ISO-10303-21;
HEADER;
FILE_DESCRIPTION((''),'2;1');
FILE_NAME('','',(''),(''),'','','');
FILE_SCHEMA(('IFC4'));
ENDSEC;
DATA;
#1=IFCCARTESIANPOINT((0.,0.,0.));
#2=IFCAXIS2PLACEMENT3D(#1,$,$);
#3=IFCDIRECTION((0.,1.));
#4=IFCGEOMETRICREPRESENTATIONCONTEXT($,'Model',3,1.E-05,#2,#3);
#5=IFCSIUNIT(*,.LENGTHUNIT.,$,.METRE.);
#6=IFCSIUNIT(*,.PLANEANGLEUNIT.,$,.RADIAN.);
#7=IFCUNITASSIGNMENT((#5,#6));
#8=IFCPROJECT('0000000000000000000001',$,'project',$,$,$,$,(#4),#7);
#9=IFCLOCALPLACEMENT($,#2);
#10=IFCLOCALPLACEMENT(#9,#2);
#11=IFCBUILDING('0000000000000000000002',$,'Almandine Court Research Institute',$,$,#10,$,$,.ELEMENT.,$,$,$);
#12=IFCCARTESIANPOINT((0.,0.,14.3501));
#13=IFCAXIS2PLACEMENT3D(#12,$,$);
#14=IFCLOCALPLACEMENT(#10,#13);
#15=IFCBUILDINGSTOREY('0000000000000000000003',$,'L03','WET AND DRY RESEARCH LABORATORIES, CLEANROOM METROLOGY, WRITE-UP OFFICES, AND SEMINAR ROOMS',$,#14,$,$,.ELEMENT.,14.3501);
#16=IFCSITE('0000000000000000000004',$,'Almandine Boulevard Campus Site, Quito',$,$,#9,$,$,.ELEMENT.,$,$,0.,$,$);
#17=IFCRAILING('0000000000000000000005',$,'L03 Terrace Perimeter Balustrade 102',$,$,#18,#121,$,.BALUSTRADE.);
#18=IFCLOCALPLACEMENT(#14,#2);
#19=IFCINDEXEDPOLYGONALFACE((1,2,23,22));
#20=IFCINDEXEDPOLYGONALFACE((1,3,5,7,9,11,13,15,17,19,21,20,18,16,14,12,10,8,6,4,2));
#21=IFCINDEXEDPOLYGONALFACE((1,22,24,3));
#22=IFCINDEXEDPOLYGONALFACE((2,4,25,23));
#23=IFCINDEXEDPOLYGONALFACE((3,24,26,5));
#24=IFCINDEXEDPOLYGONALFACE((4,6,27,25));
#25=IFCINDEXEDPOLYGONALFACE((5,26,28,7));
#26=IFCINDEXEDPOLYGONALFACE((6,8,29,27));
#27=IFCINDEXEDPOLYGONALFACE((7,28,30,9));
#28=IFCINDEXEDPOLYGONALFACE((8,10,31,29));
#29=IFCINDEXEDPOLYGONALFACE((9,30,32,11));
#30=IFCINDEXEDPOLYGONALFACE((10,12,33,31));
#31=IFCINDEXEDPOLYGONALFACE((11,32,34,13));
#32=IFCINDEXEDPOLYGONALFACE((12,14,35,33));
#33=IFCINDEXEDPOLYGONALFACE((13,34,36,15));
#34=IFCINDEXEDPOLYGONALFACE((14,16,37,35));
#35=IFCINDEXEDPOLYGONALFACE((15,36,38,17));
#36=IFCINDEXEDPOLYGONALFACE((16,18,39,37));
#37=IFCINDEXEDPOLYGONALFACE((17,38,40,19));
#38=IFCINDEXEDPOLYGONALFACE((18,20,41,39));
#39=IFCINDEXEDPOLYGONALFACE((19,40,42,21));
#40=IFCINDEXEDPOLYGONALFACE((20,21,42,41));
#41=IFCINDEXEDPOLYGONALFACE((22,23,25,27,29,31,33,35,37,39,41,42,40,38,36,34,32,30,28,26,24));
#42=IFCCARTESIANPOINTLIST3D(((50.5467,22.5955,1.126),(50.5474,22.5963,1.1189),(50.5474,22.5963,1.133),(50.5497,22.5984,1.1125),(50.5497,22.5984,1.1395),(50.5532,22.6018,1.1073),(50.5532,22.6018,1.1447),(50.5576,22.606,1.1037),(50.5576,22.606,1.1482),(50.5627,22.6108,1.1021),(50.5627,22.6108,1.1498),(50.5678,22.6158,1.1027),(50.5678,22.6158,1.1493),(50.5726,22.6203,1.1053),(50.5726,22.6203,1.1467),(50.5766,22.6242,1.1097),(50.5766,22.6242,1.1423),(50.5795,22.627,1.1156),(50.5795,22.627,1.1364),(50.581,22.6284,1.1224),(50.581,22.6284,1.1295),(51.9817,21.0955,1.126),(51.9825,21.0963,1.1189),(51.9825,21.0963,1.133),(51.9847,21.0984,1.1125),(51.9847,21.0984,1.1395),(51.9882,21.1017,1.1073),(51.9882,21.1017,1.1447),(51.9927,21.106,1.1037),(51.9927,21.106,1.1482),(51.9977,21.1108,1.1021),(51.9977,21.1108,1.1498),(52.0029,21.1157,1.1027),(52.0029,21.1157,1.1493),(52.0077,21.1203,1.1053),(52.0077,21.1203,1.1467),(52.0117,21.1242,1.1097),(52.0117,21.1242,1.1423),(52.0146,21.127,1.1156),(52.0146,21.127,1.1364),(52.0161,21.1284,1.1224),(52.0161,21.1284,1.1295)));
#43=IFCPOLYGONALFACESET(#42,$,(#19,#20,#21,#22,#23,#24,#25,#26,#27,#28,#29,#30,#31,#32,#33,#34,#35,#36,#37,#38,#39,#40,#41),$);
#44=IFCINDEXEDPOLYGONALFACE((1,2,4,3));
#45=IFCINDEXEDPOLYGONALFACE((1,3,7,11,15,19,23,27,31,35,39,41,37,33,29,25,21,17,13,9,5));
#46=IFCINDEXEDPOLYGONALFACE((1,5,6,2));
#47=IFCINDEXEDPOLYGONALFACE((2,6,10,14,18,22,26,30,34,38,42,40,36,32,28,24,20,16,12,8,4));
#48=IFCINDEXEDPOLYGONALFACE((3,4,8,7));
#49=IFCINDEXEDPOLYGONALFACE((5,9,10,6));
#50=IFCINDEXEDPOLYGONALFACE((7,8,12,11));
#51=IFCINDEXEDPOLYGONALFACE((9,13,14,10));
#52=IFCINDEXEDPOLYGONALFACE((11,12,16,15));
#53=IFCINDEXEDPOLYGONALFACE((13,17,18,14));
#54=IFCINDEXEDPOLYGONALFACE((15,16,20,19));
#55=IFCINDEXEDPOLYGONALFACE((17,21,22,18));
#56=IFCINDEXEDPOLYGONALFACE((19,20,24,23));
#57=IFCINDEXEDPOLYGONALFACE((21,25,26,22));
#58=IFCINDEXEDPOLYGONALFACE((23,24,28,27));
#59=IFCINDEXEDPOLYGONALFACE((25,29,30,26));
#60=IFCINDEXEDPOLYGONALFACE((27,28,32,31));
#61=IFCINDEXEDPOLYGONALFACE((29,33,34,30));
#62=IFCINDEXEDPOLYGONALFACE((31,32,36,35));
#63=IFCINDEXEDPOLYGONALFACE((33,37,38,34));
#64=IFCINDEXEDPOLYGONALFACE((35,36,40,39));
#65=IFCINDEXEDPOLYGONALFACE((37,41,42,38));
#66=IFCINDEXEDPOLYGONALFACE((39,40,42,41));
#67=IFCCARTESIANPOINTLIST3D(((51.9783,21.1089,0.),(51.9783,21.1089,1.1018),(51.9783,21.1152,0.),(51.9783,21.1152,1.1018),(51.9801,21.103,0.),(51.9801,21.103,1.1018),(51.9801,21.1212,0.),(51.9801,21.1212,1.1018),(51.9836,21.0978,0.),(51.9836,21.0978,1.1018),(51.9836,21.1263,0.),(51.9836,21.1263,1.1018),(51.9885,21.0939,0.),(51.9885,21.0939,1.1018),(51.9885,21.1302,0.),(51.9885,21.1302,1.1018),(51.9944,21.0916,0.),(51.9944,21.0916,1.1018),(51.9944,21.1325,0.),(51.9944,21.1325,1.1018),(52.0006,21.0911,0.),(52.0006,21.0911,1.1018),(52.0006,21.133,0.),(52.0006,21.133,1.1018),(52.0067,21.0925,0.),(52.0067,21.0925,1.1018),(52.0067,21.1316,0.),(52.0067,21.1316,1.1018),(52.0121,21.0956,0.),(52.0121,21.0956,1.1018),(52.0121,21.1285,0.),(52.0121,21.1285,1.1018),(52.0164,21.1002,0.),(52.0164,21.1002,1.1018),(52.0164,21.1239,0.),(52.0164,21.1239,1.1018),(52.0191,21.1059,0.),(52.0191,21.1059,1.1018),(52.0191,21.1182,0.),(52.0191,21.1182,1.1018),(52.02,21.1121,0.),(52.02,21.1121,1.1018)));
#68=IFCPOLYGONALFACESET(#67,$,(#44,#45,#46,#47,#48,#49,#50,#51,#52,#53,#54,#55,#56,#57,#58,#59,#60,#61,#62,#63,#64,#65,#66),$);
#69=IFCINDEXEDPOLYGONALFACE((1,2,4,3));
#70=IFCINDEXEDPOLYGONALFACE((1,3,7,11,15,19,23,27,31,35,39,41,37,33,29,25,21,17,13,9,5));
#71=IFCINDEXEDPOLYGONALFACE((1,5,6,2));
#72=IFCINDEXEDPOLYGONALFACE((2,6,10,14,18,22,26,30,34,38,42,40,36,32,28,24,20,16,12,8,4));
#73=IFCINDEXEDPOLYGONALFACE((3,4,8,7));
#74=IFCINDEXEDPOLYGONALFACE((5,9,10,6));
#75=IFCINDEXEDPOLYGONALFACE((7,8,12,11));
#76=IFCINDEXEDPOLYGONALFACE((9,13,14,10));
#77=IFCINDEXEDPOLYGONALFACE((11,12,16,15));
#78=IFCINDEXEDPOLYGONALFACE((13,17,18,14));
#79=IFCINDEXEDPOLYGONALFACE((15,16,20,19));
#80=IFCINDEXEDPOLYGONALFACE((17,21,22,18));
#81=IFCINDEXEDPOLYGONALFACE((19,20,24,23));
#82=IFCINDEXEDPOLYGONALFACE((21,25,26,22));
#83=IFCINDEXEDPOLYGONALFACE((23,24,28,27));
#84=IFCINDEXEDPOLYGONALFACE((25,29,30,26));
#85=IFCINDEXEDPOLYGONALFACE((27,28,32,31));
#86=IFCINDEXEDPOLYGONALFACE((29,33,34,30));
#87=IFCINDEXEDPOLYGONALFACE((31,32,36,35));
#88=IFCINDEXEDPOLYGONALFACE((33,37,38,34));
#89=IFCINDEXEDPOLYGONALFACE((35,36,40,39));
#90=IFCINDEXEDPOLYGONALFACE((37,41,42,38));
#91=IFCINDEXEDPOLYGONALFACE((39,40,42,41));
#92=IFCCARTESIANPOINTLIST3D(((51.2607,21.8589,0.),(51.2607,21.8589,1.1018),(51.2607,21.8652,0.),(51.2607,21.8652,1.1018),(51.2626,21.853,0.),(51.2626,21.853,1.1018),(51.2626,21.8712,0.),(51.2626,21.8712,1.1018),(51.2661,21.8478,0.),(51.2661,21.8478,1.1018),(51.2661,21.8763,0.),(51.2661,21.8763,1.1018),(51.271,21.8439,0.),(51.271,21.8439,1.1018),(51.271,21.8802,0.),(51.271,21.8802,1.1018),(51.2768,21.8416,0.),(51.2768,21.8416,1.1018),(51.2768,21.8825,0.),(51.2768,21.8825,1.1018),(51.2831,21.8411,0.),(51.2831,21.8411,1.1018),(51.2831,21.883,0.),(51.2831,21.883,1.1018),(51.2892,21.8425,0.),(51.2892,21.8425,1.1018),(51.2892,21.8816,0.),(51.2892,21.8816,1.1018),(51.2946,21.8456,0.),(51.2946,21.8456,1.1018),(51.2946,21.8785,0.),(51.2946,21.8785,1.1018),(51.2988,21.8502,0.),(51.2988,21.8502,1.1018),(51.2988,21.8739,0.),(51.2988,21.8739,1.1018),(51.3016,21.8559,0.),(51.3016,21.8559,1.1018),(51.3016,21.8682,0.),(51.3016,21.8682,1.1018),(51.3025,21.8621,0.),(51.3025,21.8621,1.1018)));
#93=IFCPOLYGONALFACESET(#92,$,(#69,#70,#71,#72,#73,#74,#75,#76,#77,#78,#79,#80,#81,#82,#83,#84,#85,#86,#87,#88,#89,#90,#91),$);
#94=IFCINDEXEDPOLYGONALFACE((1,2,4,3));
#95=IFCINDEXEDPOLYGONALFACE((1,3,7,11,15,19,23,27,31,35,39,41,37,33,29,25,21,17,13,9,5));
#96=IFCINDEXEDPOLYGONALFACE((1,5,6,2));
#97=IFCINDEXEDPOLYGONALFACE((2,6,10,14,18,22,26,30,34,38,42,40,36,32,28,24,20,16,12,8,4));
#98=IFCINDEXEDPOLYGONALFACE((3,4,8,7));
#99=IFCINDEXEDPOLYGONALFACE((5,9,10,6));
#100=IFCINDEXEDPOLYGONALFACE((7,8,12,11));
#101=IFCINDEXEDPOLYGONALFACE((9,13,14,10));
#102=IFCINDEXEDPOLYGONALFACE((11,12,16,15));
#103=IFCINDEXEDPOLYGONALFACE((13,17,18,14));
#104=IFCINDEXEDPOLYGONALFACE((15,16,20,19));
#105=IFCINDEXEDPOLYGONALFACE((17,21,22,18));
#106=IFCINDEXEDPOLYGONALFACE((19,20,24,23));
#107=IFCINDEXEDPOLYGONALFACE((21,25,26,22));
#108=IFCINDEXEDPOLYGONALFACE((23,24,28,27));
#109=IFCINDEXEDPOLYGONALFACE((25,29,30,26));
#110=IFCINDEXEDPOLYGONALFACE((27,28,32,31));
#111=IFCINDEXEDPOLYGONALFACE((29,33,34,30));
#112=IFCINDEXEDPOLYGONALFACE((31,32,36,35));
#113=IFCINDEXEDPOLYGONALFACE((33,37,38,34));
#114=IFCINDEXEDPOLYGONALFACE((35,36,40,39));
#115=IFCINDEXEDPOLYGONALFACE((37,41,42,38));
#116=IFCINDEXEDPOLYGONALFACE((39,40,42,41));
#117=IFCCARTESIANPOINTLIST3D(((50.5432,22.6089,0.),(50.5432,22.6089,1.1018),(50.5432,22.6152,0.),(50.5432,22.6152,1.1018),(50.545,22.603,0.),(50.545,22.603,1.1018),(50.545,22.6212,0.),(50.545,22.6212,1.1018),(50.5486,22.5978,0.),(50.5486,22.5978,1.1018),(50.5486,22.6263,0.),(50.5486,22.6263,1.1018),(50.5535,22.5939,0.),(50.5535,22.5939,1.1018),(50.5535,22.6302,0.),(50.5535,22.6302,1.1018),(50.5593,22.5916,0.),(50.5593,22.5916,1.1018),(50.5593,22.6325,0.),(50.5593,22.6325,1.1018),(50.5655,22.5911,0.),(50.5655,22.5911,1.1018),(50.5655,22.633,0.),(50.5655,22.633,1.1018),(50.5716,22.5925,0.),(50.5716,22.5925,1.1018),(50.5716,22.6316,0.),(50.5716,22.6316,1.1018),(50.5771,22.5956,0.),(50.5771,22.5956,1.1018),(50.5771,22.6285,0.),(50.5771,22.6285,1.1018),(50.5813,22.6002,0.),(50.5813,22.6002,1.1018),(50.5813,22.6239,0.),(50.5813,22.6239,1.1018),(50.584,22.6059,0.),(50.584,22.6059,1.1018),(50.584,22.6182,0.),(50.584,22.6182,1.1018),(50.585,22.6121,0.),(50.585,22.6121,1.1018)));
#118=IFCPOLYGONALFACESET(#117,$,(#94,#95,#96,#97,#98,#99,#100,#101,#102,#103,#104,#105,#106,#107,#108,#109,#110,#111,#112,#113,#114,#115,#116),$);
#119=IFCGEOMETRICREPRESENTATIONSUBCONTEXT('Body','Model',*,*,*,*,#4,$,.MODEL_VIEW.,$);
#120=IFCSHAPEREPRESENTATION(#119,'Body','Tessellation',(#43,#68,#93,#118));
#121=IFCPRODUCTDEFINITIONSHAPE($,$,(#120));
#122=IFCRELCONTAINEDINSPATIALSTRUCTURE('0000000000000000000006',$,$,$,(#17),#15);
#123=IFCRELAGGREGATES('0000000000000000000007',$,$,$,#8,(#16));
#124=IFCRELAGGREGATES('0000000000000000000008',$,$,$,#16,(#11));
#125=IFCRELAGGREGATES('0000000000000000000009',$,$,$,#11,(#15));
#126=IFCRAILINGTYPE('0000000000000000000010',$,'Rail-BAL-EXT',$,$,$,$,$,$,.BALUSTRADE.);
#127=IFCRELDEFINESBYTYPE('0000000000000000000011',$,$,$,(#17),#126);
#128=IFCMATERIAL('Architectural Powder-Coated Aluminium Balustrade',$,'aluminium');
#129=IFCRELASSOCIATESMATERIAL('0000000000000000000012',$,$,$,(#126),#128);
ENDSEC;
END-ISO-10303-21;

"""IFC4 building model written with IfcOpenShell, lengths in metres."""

from ifc_helpers import new_model, si_unit, direction, frame, origin, origin_2d, place, context, subcontext, project, spatial, circle, extrude, material, type_object, element, save


model = new_model("IFC4")

# Units and contexts
model_context = context("Model", 3, precision=1e-05, world=origin(), true_north=direction((0.0, 1.0)))
body_context = subcontext(model_context, "Body", "Model", "MODEL_VIEW")
ifc_project = project(units=[si_unit("LENGTHUNIT", "METRE"), si_unit("PLANEANGLEUNIT", "RADIAN")], contexts=[model_context])

# Site, building, storey
site_placement = place(None, origin())
site = spatial("IfcSite", under=ifc_project, at=site_placement, Name="Almandine Boulevard Campus Site, Quito", CompositionType="ELEMENT", RefElevation=0.0)
building_placement = place(site_placement, origin())
building = spatial("IfcBuilding", under=site, at=building_placement, Name="Almandine Court Research Institute", CompositionType="ELEMENT")
storey_placement = place(building_placement, frame((0.0, 0.0, 14.3501)))
storey = spatial("IfcBuildingStorey", under=building, at=storey_placement, Name="L03", Description="WET AND DRY RESEARCH LABORATORIES, CLEANROOM METROLOGY, WRITE-UP OFFICES, AND SEMINAR ROOMS", CompositionType="ELEMENT", Elevation=14.3501)

# Railing
ifc_material_1 = material(Name="Architectural Powder-Coated Aluminium Balustrade", Category="aluminium")
railing_type = type_object("IfcRailingType", Name="Rail-BAL-EXT", PredefinedType="BALUSTRADE", material=ifc_material_1)
railing_1_placement = place(storey_placement, frame((51.999, 21.1121, 0.0)))
element("IfcRailing", 1, at=railing_1_placement, inside=storey, type_object=railing_type, Name="L03 Terrace Perimeter Balustrade 102", PredefinedType="BALUSTRADE", context=body_context, shape_type="SweptSolid", body=[
    extrude(circle(Radius=0.0239, at=origin_2d()), frame((0.0, 0.0, 1.126), z_axis=(-0.691292, 0.722575, 0.0), x_axis=(-0.722575, -0.691292, 0.0)), (0.0, 0.0, 1.0), 2.0759),
    extrude(circle(Radius=0.021, at=origin_2d()), origin(), (0.0, 0.0, 1.0), 1.1018),
    extrude(circle(Radius=0.021, at=origin_2d()), frame((-0.7175, 0.75, 0.0)), (0.0, 0.0, 1.0), 1.1018),
    extrude(circle(Radius=0.021, at=origin_2d()), frame((-1.4351, 1.5, 0.0)), (0.0, 0.0, 1.0), 1.1018),
])

save(model, "model.ifc")
